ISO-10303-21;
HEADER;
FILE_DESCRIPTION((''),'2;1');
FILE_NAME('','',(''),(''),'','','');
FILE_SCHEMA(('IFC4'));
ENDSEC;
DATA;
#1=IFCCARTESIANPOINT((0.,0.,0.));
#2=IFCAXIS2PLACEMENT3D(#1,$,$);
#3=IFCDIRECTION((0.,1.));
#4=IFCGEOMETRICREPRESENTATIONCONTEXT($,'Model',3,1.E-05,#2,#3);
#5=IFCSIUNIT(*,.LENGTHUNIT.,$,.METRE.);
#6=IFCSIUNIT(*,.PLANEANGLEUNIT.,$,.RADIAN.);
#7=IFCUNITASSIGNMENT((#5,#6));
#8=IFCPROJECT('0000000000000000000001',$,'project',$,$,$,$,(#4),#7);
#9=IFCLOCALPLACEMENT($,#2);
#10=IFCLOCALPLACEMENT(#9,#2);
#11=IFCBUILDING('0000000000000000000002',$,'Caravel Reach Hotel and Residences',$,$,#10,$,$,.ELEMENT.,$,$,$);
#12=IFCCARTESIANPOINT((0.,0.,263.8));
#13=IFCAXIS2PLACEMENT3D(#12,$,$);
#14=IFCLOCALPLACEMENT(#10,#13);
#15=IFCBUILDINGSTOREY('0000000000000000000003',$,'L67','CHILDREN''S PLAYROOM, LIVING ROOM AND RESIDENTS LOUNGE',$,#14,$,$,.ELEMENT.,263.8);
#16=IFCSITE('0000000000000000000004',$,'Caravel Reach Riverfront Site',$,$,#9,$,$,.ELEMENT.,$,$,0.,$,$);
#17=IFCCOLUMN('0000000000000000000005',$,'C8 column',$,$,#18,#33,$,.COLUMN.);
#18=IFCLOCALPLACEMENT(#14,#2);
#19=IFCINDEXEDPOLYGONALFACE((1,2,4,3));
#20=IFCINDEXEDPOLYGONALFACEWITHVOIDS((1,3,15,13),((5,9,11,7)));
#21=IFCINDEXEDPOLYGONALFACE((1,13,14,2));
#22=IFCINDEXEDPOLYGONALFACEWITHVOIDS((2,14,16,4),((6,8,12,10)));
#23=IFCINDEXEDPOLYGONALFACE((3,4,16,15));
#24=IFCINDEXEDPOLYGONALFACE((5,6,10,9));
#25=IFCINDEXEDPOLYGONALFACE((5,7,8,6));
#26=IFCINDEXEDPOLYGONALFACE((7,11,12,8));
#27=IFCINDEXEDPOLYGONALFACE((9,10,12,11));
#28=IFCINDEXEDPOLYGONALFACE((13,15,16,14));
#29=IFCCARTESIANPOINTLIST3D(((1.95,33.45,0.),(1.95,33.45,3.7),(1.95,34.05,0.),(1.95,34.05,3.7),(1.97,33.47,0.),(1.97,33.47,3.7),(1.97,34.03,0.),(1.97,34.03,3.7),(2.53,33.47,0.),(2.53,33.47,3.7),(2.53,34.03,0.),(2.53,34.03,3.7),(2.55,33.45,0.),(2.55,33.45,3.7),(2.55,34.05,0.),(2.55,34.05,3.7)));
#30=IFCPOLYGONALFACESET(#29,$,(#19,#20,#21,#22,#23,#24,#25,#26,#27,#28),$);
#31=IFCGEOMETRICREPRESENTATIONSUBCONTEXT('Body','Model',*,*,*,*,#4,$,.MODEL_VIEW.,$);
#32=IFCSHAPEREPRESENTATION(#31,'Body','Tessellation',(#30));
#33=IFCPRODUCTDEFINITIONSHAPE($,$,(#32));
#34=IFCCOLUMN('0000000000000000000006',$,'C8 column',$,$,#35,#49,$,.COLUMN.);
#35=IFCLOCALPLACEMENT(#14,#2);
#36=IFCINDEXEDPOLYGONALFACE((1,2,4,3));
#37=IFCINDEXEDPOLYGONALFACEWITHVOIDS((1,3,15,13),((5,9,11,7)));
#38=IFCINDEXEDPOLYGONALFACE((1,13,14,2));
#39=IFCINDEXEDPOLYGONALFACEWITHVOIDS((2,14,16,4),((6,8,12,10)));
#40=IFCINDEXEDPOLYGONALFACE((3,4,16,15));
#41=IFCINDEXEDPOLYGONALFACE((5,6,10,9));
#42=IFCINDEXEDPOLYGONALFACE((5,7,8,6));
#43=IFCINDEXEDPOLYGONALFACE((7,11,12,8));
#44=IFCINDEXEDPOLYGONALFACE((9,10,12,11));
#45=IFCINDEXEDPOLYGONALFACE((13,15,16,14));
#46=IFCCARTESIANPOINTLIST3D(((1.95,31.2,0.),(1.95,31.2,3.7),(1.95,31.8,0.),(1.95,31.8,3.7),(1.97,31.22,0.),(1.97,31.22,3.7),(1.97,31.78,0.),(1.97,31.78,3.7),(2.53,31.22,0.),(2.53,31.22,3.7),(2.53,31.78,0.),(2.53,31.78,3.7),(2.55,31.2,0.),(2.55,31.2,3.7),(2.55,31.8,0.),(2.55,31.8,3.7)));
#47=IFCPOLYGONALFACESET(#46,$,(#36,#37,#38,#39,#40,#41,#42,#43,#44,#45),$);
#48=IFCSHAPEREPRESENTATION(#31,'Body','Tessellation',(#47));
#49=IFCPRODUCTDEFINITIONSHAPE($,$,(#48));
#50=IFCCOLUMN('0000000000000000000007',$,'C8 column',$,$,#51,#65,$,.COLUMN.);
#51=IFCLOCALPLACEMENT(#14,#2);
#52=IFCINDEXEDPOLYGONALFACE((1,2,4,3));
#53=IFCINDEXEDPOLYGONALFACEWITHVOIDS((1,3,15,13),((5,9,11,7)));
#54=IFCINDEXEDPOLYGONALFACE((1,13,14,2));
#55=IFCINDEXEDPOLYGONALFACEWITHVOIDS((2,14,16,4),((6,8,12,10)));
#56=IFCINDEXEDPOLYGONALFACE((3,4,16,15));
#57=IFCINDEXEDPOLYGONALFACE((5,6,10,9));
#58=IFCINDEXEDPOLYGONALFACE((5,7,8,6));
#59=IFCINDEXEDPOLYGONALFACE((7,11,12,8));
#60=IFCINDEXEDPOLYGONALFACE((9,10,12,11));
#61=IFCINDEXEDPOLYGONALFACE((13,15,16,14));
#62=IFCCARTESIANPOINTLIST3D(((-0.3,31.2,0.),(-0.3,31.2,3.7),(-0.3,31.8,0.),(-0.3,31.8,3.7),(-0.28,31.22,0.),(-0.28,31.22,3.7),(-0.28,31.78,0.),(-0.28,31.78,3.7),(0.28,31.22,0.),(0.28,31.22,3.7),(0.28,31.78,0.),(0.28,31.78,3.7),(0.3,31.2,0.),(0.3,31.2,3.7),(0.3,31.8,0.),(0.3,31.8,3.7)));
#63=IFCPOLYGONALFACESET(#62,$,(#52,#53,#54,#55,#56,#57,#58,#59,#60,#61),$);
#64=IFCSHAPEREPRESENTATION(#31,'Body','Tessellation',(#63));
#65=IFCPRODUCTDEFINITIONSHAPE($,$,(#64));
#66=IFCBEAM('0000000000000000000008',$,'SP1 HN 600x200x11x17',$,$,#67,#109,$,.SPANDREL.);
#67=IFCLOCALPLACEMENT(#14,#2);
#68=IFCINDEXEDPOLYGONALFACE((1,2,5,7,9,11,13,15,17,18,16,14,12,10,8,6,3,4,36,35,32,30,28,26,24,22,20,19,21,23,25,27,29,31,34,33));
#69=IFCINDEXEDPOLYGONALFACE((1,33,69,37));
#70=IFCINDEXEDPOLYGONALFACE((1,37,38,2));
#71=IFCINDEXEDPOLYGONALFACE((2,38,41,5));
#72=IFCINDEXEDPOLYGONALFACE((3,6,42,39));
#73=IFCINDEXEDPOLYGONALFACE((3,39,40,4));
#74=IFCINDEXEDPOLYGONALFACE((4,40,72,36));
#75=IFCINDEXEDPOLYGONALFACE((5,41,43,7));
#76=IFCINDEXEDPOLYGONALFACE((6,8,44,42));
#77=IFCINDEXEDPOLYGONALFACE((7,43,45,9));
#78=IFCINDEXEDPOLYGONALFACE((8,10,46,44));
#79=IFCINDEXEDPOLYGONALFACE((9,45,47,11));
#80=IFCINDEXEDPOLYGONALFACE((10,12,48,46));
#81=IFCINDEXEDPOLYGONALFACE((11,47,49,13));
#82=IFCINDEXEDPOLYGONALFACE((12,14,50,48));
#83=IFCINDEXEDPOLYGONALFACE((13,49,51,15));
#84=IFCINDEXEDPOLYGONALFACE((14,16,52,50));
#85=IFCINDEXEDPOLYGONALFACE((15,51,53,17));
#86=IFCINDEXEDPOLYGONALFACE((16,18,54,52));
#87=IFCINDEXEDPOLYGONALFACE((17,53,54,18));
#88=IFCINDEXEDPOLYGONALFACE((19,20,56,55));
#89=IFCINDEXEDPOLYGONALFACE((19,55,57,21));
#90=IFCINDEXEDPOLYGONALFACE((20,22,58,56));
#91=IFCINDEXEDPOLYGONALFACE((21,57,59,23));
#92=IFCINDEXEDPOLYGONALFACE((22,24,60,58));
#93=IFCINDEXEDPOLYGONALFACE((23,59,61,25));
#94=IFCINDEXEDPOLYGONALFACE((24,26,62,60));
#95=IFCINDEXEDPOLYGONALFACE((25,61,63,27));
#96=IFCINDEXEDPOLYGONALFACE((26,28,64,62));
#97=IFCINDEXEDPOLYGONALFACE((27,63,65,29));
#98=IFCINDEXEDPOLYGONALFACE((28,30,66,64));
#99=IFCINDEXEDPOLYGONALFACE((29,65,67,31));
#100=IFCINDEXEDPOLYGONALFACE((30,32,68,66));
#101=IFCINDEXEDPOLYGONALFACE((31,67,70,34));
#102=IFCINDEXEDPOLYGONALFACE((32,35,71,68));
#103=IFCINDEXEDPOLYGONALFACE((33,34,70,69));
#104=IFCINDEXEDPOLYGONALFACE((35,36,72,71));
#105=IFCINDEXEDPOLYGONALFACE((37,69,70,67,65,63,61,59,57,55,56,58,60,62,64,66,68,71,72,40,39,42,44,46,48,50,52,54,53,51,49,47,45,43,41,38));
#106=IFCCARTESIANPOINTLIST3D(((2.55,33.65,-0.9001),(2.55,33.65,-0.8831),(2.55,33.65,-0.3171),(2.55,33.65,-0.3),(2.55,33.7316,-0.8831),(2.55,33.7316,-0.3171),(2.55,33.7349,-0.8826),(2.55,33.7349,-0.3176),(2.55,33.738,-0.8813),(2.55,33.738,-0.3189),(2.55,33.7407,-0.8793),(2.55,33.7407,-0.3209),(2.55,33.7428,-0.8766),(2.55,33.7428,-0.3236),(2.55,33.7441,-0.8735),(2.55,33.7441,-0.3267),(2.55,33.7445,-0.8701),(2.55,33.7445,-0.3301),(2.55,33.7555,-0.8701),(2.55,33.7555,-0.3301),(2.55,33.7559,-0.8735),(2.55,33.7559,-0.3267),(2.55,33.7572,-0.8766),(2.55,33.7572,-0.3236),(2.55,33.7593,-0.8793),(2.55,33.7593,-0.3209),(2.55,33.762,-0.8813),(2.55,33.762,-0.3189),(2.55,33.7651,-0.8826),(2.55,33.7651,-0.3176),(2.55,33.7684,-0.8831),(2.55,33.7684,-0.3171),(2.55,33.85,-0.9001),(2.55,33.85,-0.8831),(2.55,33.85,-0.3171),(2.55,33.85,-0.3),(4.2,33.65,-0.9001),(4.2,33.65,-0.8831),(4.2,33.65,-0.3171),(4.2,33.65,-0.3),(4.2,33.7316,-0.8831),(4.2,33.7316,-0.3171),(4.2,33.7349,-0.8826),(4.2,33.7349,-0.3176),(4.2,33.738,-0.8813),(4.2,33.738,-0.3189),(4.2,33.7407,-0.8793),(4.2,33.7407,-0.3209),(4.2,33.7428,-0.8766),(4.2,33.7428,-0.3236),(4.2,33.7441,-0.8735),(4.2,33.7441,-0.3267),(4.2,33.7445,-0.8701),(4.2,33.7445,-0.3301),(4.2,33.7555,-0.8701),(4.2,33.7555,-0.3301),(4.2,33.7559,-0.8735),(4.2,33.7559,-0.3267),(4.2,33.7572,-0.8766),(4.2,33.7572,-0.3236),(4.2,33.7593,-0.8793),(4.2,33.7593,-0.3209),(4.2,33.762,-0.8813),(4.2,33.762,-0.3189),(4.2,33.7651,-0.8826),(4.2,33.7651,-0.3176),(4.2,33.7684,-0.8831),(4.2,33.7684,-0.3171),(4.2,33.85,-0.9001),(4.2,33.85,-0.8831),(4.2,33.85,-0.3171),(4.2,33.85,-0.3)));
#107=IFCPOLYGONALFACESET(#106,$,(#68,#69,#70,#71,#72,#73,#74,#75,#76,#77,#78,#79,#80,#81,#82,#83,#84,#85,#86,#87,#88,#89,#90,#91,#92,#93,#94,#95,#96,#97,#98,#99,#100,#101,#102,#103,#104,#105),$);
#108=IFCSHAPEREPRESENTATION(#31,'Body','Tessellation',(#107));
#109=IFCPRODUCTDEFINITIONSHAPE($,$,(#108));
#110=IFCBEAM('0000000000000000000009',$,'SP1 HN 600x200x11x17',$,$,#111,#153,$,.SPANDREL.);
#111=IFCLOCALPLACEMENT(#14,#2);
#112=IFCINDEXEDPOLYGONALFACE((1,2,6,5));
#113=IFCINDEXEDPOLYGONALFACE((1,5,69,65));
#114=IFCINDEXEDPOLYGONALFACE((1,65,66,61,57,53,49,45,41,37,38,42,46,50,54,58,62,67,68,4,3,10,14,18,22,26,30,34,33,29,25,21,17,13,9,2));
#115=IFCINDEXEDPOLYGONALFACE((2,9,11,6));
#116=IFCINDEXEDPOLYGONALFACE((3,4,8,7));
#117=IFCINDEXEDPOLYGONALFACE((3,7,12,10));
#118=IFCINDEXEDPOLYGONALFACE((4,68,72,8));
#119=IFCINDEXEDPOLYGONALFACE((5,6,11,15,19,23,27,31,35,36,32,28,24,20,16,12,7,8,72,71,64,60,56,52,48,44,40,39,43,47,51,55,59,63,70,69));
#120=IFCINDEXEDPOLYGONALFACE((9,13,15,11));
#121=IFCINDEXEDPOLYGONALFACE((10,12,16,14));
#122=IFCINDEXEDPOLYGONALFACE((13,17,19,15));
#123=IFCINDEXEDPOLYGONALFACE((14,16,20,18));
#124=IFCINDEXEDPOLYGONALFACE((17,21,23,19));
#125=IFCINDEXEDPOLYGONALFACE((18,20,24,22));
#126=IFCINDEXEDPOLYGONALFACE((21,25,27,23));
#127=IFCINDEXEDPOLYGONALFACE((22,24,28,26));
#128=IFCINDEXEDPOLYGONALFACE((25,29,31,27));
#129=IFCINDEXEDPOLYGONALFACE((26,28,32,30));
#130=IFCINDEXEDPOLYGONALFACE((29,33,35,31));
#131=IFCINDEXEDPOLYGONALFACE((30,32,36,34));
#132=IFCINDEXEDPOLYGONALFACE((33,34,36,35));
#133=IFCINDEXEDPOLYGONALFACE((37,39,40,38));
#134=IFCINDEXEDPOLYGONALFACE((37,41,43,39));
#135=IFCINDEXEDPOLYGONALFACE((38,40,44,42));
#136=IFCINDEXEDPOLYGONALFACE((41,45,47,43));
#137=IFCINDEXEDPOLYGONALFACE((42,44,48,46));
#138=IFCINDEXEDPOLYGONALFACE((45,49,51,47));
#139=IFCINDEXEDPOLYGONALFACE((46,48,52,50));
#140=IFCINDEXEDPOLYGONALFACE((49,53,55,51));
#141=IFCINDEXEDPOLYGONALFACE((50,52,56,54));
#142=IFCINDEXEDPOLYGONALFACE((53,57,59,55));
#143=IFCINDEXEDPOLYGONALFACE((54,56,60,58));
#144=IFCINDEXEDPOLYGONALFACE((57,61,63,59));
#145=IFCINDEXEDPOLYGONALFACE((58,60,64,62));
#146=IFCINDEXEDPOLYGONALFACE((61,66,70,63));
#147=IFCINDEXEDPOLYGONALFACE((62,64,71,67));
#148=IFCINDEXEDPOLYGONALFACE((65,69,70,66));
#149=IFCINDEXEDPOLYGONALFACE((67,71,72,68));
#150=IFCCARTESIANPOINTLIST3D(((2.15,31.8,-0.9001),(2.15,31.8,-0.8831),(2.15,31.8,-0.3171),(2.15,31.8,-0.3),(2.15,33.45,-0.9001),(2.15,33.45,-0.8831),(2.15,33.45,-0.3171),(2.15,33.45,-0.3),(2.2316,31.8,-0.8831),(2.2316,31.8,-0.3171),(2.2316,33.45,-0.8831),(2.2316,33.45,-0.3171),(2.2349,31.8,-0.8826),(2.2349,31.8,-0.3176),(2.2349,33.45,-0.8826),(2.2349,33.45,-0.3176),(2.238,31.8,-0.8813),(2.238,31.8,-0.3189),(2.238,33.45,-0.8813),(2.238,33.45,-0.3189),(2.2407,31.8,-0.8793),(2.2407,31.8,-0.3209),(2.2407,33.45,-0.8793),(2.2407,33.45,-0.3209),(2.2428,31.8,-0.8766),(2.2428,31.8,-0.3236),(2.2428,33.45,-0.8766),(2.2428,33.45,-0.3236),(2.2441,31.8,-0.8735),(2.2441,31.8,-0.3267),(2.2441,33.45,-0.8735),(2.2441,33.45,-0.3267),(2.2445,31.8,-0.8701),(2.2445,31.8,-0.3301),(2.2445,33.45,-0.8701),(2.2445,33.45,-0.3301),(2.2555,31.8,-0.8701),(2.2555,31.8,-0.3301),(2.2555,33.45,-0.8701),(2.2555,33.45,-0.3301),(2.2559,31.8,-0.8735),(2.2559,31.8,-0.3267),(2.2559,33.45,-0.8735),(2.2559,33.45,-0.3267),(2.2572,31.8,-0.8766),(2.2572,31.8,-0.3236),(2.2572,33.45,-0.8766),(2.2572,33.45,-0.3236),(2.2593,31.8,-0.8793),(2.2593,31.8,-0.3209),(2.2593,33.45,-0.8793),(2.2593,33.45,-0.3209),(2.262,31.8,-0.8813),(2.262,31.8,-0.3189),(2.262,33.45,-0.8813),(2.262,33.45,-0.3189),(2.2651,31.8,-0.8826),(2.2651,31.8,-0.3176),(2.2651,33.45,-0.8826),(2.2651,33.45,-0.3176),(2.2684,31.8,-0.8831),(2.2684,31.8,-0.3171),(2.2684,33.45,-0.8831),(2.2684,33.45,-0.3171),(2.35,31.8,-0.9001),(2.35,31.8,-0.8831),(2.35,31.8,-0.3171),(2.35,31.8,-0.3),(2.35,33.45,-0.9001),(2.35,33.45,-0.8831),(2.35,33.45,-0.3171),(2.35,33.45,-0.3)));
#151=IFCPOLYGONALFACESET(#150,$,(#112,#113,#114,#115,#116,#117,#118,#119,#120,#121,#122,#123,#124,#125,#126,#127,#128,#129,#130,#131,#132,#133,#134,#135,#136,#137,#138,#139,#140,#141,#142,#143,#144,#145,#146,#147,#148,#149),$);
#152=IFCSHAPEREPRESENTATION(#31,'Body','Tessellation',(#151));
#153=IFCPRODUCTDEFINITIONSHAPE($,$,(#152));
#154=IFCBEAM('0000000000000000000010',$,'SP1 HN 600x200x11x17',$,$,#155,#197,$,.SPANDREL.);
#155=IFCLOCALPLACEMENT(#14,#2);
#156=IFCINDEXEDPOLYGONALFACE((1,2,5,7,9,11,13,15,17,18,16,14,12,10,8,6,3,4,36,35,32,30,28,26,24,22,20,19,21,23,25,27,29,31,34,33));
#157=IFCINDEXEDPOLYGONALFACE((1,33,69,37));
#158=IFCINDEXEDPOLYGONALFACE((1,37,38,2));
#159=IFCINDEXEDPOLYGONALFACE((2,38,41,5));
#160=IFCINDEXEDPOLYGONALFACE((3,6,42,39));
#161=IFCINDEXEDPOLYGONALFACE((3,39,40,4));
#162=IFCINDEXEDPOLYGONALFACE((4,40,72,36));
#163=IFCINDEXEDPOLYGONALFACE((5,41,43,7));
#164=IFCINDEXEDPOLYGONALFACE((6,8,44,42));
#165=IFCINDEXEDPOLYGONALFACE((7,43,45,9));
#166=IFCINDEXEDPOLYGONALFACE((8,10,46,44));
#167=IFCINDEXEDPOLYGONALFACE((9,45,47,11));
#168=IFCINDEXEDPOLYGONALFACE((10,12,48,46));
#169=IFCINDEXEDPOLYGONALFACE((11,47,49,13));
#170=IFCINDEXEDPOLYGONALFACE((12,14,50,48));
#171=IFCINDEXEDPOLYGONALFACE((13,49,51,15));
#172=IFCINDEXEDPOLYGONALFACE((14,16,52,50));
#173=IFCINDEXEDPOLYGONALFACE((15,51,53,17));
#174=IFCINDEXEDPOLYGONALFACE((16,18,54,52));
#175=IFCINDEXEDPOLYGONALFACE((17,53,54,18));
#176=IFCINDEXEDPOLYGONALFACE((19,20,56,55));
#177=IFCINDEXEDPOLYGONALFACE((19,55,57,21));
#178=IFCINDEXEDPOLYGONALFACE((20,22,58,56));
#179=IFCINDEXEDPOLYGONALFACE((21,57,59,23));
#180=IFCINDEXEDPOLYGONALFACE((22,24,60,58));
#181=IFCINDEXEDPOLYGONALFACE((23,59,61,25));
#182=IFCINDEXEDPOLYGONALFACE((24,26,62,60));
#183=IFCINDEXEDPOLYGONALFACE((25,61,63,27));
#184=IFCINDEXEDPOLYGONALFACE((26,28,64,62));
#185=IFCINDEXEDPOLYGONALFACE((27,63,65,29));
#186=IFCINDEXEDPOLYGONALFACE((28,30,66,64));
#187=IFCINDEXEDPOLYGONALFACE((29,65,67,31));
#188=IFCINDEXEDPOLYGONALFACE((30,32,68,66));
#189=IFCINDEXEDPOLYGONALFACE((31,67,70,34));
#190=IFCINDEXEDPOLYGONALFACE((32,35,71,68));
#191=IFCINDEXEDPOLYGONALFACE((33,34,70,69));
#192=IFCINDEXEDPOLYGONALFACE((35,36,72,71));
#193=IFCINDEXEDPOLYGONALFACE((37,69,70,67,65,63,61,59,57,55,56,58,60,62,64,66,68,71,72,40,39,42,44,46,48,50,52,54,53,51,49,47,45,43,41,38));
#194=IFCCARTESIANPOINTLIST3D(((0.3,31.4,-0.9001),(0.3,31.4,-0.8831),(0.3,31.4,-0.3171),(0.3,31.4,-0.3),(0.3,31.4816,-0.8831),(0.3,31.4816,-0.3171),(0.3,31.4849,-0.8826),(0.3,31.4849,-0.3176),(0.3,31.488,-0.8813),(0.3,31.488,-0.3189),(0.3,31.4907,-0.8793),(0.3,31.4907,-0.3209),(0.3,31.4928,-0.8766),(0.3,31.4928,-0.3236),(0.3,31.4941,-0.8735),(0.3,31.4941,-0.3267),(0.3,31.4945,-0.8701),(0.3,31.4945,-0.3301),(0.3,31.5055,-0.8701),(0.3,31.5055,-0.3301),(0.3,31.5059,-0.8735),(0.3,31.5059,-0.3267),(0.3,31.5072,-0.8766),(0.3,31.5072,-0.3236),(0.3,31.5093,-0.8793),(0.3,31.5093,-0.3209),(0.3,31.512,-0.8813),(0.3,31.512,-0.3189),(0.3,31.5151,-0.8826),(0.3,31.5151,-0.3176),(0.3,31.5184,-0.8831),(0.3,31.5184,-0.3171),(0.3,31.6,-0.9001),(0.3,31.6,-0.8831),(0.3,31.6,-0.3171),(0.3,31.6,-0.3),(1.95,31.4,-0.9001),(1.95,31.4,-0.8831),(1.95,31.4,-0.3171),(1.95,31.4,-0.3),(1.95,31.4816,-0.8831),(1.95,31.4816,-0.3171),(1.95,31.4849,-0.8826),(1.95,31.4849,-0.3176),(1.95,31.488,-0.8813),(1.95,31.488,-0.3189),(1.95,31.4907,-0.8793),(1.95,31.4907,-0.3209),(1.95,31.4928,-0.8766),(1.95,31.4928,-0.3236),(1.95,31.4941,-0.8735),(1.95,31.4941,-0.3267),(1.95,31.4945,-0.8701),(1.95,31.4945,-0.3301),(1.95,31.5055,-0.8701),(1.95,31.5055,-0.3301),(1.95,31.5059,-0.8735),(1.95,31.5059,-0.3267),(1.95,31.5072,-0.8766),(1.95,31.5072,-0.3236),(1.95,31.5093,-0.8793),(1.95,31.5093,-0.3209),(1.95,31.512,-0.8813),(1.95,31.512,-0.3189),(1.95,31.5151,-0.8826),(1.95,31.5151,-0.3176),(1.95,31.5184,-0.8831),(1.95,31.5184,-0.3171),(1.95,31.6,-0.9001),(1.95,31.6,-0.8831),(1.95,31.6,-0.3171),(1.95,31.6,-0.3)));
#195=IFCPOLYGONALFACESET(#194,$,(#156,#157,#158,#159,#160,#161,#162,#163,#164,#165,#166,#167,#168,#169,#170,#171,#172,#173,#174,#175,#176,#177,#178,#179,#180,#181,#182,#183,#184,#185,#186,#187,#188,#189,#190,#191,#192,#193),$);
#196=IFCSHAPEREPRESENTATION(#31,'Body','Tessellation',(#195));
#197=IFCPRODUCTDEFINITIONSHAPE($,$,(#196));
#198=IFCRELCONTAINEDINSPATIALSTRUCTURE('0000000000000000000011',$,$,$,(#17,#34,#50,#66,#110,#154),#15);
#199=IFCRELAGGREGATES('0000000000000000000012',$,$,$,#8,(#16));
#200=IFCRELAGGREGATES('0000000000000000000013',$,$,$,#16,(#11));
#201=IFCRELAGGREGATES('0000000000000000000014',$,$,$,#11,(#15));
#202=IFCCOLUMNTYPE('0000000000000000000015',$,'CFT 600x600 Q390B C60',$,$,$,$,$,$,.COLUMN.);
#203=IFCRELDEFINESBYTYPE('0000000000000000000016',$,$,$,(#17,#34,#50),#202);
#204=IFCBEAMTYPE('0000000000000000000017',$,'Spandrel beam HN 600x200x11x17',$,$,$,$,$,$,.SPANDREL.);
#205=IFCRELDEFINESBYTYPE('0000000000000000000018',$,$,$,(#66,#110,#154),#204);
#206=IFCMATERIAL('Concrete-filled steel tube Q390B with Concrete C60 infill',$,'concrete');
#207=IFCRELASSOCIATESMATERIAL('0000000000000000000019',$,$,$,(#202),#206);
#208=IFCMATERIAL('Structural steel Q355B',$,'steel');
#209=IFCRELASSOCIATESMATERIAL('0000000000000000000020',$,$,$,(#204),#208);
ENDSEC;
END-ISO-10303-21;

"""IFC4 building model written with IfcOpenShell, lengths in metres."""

from ifc_helpers import new_model, si_unit, direction, frame, origin, origin_2d, place, context, subcontext, project, spatial, hollow_rectangle, i_section, extrude, material, material_profile, profile_set, type_object, element, save


model = new_model("IFC4")

# Units and contexts
model_context = context("Model", 3, precision=1e-05, world=origin(), true_north=direction((0.0, 1.0)))
body_context = subcontext(model_context, "Body", "Model", "MODEL_VIEW")
ifc_project = project(units=[si_unit("LENGTHUNIT", "METRE"), si_unit("PLANEANGLEUNIT", "RADIAN")], contexts=[model_context])

# Site, building, storey
site_placement = place(None, origin())
site = spatial("IfcSite", under=ifc_project, at=site_placement, Name="Caravel Reach Riverfront Site", CompositionType="ELEMENT", RefElevation=0.0)
building_placement = place(site_placement, origin())
building = spatial("IfcBuilding", under=site, at=building_placement, Name="Caravel Reach Hotel and Residences", CompositionType="ELEMENT")
storey_placement = place(building_placement, frame((0.0, 0.0, 263.8)))
storey = spatial("IfcBuildingStorey", under=building, at=storey_placement, Name="L67", Description="CHILDREN'S PLAYROOM, LIVING ROOM AND RESIDENTS LOUNGE", CompositionType="ELEMENT", Elevation=263.8)

# Columns
ifc_material_1 = material(Name="Concrete-filled steel tube Q390B with Concrete C60 infill", Category="concrete")
ifc_material_profile_1 = material_profile(ifc_material_1, hollow_rectangle(XDim=0.6001, YDim=0.6001, WallThickness=0.02, at=origin_2d()), Name="RHS 600x600x20")
ifc_profile_set_1 = profile_set([ifc_material_profile_1], Name="Concrete-filled steel tube Q390B with Concrete C60 infill")
column_type = type_object("IfcColumnType", Name="CFT 600x600 Q390B C60", PredefinedType="COLUMN", material=ifc_profile_set_1)
for number, where, z_axis, x_axis, name in (
    (1, (2.25, 33.75, 0.0), (0.0, 0.0, 1.0), (1.0, 0.0, 0.0), "C8 column"),
    (2, (2.25, 31.5, 0.0), (0.0, 0.0, 1.0), (1.0, 0.0, 0.0), "C8 column"),
    (3, (0.0, 31.5, 0.0), (0.0, 0.0, 1.0), (1.0, 0.0, 0.0), "C8 column"),
):
    element("IfcColumn", number, at=place(storey_placement, frame(where, z_axis=z_axis, x_axis=x_axis)), inside=storey, type_object=column_type, Name=name, PredefinedType="COLUMN", context=body_context, shape_type="SweptSolid", body=[
        extrude(hollow_rectangle(XDim=0.6001, YDim=0.6001, WallThickness=0.02, at=origin_2d()), origin(), (0.0, 0.0, 1.0), 3.7),
    ])

# Beams
ifc_material_2 = material(Name="Structural steel Q355B", Category="steel")
ifc_material_profile_2 = material_profile(ifc_material_2, i_section(OverallWidth=0.2, OverallDepth=0.6001, WebThickness=0.011, FlangeThickness=0.0171, FilletRadius=0.0129, at=origin_2d()), Name="HN 600x200x11x17")
ifc_profile_set_2 = profile_set([ifc_material_profile_2], Name="Structural steel Q355B")
beam_type = type_object("IfcBeamType", Name="Spandrel beam HN 600x200x11x17", PredefinedType="SPANDREL", material=ifc_profile_set_2)
for number, where, z_axis, x_axis, name in (
    (4, (4.2, 33.75, -0.6001), (-1.0, 0.0, 0.0), (0.0, -1.0, 0.0), "SP1 HN 600x200x11x17"),
    (5, (2.25, 33.45, -0.6001), (0.0, -1.0, 0.0), (1.0, 0.0, 0.0), "SP1 HN 600x200x11x17"),
    (6, (1.95, 31.5, -0.6001), (-1.0, 0.0, 0.0), (0.0, -1.0, 0.0), "SP1 HN 600x200x11x17"),
):
    element("IfcBeam", number, at=place(storey_placement, frame(where, z_axis=z_axis, x_axis=x_axis)), inside=storey, type_object=beam_type, Name=name, PredefinedType="SPANDREL", context=body_context, shape_type="SweptSolid", body=[
        extrude(i_section(OverallWidth=0.2, OverallDepth=0.6001, WebThickness=0.011, FlangeThickness=0.0171, FilletRadius=0.0129, at=origin_2d()), origin(), (0.0, 0.0, 1.0), 1.6499),
    ])

save(model, "model.ifc")
